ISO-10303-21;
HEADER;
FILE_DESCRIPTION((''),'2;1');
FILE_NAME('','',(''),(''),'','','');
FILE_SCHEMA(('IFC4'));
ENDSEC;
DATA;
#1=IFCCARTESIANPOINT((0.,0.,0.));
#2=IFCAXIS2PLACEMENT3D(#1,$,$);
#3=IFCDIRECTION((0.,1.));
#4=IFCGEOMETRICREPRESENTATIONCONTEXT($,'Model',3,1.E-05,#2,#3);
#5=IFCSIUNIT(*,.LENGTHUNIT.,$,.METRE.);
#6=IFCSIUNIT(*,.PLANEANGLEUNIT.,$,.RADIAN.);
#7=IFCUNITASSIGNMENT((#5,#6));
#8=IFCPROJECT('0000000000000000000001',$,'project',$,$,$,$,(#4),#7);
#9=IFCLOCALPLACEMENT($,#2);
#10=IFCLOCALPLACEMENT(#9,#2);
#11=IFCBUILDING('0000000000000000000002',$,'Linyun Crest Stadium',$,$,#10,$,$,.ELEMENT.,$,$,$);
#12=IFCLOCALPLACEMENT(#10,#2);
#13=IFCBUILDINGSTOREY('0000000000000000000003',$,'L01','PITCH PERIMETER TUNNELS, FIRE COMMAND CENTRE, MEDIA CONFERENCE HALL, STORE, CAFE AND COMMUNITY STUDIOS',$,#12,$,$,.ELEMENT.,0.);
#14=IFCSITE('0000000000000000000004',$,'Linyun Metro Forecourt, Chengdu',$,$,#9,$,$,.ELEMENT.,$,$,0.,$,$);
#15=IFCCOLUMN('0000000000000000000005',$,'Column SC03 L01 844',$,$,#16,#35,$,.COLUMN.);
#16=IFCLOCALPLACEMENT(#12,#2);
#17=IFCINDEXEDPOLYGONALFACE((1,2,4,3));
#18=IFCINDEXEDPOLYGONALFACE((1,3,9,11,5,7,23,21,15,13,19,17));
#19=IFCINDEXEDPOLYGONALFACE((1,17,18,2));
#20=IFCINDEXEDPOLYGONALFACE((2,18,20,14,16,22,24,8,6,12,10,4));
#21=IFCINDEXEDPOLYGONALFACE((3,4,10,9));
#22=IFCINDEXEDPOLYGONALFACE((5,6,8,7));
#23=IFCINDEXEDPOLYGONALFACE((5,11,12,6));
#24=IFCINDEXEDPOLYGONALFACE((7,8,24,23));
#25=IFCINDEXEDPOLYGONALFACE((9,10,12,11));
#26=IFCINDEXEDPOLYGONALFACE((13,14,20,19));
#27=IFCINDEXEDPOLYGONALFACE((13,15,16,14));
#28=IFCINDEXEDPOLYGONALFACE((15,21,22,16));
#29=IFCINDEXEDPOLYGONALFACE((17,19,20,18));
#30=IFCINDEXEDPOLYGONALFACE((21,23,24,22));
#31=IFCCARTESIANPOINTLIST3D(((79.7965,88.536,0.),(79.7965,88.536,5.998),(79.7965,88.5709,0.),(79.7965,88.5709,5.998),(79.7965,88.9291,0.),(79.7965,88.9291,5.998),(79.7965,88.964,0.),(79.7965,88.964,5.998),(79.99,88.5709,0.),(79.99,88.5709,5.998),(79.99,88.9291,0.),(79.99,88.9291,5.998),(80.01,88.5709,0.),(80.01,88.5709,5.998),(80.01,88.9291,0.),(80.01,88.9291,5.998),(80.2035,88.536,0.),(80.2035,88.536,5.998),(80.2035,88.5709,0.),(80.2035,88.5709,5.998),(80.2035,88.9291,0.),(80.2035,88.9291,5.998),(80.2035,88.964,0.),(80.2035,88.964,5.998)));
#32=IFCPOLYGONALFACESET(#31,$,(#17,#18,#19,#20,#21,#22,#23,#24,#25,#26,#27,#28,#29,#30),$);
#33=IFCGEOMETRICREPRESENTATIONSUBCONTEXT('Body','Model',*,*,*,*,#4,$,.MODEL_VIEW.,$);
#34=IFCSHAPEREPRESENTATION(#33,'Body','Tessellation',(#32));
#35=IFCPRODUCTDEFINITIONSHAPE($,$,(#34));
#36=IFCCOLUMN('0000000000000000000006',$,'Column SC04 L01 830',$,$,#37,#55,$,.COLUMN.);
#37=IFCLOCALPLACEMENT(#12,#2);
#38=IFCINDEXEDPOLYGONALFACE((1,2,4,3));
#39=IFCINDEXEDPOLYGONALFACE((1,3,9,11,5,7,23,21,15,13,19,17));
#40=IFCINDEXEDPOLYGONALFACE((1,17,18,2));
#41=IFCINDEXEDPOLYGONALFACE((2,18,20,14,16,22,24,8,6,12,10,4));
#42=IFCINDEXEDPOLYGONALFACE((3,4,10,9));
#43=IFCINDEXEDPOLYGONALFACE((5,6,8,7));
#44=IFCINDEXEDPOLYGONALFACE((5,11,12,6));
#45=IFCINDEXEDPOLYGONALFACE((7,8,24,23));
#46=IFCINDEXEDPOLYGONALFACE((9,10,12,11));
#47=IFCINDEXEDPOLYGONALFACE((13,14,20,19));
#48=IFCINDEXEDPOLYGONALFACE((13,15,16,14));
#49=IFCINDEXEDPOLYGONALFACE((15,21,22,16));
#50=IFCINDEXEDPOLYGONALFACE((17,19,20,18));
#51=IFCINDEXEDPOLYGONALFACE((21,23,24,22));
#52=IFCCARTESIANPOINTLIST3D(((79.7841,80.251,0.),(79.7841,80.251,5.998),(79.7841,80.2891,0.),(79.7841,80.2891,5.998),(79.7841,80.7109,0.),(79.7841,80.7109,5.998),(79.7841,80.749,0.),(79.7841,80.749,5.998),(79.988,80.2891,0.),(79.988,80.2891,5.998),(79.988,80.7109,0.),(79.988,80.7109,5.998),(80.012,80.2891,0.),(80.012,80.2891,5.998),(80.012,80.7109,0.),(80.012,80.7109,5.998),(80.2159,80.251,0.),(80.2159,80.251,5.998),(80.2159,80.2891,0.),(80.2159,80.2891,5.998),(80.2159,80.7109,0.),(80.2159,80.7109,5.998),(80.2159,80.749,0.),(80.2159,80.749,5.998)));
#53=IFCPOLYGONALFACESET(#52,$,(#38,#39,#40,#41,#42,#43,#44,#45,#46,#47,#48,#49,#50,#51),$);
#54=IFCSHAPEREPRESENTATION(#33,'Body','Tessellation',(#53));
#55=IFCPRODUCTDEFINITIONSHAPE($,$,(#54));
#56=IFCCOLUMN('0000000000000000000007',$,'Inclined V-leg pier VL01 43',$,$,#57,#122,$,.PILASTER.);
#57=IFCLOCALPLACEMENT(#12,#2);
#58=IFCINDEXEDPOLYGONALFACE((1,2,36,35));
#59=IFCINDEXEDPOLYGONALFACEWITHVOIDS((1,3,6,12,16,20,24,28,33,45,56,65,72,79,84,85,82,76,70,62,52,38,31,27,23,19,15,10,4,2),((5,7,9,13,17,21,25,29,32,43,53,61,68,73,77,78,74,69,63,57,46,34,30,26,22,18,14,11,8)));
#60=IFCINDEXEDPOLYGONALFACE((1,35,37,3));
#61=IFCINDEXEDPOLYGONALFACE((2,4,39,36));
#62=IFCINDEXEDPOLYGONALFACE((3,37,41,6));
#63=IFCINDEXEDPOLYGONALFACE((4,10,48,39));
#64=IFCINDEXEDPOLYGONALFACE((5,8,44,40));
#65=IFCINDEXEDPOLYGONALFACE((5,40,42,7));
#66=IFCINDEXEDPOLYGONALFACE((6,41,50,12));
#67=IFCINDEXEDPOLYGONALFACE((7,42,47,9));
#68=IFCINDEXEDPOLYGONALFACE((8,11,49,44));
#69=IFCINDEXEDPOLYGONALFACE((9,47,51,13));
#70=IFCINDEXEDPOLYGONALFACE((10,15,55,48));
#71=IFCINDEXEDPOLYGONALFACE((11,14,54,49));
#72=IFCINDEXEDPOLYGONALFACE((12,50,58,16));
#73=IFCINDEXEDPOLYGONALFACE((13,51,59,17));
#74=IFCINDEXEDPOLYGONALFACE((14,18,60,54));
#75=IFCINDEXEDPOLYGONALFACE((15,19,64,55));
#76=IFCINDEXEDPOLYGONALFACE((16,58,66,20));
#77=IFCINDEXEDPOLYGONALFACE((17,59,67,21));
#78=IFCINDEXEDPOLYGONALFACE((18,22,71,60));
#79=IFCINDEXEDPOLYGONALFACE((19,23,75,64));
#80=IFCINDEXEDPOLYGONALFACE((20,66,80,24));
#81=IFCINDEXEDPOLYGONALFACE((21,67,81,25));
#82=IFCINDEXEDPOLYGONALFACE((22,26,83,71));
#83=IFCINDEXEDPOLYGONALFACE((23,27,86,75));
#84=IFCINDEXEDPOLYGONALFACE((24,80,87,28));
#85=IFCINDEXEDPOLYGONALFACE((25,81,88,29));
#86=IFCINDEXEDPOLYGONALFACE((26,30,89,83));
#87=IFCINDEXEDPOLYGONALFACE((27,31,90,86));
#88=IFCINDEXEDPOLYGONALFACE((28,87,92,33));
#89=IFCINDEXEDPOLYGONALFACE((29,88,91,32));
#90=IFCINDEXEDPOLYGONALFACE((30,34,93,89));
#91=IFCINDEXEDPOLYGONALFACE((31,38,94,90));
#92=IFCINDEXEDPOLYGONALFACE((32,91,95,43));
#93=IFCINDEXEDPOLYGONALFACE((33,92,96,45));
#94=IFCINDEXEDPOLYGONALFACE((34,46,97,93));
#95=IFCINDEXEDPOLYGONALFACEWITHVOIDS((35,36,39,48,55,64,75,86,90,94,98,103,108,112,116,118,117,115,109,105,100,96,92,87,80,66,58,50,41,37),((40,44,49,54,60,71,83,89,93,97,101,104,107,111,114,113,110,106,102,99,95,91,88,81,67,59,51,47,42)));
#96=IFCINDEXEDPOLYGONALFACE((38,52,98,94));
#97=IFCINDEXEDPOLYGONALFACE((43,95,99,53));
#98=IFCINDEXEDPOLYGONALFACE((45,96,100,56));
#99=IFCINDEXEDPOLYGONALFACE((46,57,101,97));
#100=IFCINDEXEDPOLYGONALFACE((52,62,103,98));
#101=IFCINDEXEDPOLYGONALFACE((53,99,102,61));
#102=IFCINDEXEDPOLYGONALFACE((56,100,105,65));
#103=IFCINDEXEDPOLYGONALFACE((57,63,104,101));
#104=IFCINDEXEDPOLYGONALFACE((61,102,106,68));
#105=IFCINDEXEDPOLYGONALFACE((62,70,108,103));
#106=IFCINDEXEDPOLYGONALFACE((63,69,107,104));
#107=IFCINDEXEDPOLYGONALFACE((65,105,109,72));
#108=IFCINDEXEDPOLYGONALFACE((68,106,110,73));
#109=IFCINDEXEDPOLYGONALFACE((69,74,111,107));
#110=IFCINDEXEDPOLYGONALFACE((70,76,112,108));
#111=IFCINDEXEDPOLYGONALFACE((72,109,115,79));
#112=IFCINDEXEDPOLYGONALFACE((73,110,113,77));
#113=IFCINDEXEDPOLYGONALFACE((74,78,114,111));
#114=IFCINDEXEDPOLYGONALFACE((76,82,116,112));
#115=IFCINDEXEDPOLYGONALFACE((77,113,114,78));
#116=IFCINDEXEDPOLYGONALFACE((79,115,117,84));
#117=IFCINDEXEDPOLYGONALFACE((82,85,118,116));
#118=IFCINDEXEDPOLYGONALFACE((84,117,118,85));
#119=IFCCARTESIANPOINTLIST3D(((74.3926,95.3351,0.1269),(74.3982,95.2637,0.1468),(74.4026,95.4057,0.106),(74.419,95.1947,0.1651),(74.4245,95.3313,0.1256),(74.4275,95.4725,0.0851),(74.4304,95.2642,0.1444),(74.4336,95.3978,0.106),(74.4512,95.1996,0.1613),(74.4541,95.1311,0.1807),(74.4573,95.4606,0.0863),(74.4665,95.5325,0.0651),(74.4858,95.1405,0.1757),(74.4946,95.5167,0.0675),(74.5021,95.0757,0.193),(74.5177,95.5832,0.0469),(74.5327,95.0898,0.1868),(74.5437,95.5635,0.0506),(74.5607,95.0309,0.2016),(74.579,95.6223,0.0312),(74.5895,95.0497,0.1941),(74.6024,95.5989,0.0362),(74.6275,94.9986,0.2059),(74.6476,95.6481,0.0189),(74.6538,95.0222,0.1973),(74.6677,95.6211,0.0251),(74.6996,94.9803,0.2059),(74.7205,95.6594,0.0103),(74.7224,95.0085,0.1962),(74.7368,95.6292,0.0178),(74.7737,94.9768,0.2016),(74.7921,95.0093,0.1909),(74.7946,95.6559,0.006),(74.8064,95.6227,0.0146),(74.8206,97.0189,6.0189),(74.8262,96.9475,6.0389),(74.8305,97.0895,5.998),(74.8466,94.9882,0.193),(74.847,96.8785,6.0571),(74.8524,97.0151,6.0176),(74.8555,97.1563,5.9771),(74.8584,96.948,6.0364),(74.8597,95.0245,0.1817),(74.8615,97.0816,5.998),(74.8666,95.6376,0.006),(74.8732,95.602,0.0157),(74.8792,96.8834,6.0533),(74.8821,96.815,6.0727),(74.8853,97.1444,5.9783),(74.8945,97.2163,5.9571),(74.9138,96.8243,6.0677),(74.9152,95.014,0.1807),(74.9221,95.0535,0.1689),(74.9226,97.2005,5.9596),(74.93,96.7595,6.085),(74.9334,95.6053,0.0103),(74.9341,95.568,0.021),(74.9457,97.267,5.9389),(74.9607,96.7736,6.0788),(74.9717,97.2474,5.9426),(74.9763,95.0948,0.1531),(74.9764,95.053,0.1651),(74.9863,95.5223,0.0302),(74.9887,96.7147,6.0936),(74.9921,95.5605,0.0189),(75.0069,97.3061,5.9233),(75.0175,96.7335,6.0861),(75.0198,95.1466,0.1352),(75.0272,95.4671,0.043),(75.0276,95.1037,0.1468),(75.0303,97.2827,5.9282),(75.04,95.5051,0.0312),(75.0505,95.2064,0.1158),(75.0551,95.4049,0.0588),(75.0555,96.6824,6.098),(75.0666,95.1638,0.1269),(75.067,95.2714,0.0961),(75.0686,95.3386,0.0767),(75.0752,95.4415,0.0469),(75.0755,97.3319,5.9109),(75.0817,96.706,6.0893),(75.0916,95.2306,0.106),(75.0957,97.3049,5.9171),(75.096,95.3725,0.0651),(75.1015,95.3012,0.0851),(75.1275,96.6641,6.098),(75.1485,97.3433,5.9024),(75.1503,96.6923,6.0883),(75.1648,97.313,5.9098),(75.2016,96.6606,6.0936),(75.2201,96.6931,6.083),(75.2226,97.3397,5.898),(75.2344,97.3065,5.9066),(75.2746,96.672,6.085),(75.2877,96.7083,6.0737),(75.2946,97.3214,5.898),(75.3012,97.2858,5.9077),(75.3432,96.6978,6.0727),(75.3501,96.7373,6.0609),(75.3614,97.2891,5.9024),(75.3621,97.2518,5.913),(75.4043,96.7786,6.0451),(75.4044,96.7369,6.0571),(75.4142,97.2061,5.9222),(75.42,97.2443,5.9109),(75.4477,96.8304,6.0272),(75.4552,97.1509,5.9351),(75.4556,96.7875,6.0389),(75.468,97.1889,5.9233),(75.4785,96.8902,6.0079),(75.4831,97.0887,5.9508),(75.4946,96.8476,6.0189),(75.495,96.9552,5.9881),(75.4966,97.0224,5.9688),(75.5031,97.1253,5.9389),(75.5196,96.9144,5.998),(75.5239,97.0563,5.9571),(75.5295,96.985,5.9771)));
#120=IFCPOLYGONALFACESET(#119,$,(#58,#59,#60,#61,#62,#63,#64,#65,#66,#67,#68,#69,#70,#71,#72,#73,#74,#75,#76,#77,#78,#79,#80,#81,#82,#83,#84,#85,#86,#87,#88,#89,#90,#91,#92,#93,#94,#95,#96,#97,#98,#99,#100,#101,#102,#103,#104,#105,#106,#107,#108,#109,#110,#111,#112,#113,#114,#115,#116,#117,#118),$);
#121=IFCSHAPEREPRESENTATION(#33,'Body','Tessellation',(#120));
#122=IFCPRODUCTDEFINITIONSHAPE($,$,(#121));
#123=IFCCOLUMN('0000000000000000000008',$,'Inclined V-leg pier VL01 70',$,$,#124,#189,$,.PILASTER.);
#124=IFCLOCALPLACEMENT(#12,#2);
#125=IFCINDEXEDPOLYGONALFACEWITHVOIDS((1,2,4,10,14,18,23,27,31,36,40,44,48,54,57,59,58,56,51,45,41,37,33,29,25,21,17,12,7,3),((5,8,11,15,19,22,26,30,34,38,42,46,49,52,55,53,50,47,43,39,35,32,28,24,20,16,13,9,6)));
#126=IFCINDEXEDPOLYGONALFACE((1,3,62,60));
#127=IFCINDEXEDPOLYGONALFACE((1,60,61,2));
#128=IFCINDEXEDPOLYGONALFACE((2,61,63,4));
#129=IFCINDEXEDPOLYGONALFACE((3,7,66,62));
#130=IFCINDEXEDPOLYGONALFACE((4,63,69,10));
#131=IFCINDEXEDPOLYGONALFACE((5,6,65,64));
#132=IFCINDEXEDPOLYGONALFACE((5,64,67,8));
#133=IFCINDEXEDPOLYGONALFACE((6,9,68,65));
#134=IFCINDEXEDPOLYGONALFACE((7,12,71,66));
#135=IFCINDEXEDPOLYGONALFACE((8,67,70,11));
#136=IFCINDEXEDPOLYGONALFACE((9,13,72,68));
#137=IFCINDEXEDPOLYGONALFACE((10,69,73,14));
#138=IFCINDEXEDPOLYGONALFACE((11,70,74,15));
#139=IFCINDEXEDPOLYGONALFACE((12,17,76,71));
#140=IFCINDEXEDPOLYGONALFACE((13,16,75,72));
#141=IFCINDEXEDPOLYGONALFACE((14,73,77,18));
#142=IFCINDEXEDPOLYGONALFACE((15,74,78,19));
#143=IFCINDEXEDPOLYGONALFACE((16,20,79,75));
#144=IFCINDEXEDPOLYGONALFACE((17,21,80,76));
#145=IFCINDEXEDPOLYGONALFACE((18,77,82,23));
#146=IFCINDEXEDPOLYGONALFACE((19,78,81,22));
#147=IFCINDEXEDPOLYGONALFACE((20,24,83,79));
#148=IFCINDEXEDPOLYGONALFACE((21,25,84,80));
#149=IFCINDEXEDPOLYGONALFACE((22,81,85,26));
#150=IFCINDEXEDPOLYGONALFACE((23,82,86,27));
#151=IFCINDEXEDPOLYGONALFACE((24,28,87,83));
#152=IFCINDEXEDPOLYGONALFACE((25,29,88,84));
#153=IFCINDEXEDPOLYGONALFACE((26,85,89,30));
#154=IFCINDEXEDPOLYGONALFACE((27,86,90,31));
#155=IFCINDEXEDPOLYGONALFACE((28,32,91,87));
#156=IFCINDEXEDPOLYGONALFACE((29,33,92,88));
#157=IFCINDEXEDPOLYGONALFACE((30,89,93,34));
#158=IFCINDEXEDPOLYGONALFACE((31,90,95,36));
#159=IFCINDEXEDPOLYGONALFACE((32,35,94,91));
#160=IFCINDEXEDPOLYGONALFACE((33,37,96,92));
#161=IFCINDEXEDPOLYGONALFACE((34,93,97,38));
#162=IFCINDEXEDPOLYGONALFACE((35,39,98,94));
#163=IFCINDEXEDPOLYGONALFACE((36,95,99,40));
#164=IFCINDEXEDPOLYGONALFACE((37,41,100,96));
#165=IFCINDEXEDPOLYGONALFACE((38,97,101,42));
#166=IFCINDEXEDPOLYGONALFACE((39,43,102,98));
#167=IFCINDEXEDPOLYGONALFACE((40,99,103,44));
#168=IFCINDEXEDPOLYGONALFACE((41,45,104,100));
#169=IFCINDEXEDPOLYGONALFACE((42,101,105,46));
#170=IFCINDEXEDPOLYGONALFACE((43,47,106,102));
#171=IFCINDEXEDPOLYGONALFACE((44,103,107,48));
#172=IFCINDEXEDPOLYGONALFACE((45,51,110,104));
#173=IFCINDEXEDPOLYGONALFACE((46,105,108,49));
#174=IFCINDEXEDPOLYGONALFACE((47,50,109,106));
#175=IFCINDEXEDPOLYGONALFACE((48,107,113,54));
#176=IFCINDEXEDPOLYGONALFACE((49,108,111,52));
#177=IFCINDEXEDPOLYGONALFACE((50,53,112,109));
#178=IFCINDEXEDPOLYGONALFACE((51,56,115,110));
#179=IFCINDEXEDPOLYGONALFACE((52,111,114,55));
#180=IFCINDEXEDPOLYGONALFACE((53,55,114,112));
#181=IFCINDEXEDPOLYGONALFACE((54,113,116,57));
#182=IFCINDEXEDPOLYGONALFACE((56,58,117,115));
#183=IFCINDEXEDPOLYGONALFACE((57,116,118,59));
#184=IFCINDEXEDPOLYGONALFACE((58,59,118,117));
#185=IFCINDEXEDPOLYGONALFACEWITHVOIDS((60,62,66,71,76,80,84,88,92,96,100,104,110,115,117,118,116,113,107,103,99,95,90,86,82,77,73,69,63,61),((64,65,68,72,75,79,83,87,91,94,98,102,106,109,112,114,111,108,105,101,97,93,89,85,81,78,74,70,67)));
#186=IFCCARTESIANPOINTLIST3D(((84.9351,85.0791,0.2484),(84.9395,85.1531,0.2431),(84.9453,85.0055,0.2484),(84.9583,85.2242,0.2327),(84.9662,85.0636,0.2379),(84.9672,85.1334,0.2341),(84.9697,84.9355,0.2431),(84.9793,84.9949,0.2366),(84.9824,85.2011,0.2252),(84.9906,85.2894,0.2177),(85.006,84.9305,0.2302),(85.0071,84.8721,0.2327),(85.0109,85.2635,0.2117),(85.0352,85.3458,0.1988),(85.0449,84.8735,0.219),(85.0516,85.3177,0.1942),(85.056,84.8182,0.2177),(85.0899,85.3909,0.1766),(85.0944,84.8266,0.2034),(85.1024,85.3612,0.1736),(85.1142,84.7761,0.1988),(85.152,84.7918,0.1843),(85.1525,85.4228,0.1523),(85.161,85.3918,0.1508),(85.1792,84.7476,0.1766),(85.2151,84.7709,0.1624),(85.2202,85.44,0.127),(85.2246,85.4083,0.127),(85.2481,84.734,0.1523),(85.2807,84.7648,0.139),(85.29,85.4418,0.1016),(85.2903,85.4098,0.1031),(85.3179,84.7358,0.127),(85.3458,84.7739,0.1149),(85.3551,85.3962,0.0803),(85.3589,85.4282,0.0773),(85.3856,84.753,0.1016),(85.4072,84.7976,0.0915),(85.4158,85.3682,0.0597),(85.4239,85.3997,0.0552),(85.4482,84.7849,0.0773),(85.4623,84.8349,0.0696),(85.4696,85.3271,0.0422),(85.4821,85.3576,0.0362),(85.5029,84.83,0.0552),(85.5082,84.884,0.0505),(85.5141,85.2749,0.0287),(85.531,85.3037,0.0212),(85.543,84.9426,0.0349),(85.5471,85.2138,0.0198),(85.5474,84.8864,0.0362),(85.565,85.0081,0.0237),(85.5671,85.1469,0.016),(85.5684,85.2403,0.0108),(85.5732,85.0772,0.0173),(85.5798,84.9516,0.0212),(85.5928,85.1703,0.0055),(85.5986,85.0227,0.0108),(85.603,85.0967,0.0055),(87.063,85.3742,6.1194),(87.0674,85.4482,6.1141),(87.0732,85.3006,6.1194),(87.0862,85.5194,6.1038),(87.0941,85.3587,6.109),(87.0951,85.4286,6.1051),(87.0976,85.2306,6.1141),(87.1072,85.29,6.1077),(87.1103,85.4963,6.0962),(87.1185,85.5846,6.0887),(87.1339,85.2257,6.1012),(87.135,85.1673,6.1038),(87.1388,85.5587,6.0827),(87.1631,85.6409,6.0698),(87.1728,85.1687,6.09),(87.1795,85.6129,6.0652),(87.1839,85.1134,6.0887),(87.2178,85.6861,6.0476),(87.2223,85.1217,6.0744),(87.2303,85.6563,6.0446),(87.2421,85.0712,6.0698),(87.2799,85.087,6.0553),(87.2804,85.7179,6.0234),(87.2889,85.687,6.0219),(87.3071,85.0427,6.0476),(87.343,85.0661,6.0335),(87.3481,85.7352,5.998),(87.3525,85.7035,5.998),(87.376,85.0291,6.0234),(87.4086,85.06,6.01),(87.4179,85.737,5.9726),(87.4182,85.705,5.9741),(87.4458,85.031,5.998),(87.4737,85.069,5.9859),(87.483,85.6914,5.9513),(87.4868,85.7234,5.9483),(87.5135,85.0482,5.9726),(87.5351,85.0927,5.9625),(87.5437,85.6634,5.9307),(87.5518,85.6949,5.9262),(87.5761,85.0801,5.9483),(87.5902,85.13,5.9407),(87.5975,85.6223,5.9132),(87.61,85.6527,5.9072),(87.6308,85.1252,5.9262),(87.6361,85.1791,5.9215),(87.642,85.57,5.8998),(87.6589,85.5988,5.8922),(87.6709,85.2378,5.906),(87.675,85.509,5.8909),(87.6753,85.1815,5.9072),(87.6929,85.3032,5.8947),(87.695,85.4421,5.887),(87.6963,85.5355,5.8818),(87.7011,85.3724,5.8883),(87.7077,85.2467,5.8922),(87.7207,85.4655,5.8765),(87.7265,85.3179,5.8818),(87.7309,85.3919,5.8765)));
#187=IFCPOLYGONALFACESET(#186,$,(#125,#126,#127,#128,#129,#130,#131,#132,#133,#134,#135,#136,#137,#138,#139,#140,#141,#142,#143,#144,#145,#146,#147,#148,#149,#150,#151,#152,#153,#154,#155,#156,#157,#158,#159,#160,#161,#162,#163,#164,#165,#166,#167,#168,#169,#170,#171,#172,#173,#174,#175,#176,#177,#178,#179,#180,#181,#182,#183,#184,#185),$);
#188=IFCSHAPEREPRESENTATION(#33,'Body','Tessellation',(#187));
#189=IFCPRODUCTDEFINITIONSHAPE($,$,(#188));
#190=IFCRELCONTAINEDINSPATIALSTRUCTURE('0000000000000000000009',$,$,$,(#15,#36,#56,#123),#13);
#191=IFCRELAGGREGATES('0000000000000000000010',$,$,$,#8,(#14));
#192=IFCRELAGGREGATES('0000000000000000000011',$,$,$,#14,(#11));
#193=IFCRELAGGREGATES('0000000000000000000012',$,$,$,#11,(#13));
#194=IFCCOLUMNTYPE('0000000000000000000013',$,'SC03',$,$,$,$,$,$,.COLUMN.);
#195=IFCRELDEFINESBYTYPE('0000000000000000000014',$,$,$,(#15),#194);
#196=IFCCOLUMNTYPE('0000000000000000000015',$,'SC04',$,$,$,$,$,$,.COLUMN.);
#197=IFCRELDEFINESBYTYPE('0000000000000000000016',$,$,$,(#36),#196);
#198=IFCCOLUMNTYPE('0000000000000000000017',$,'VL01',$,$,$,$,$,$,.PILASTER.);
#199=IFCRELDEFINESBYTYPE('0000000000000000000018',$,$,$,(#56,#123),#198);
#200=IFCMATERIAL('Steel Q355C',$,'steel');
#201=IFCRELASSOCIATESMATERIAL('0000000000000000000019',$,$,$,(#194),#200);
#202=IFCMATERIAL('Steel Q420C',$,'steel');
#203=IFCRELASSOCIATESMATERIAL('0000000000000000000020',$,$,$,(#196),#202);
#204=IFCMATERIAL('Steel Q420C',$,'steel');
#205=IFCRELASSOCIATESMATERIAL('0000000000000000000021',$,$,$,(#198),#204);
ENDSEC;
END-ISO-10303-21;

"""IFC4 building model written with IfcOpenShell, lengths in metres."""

from ifc_helpers import new_model, si_unit, direction, frame, origin, origin_2d, place, context, subcontext, project, spatial, hollow_circle, i_section, extrude, material, material_profile, profile_set, type_object, element, save


model = new_model("IFC4")

# Units and contexts
model_context = context("Model", 3, precision=1e-05, world=origin(), true_north=direction((0.0, 1.0)))
body_context = subcontext(model_context, "Body", "Model", "MODEL_VIEW")
ifc_project = project(units=[si_unit("LENGTHUNIT", "METRE"), si_unit("PLANEANGLEUNIT", "RADIAN")], contexts=[model_context])

# Site, building, storey
site_placement = place(None, origin())
site = spatial("IfcSite", under=ifc_project, at=site_placement, Name="Linyun Metro Forecourt, Chengdu", CompositionType="ELEMENT", RefElevation=0.0)
building_placement = place(site_placement, origin())
building = spatial("IfcBuilding", under=site, at=building_placement, Name="Linyun Crest Stadium", CompositionType="ELEMENT")
storey_placement = place(building_placement, origin())
storey = spatial("IfcBuildingStorey", under=building, at=storey_placement, Name="L01", Description="PITCH PERIMETER TUNNELS, FIRE COMMAND CENTRE, MEDIA CONFERENCE HALL, STORE, CAFE AND COMMUNITY STUDIOS", CompositionType="ELEMENT", Elevation=0.0)

# Columns
ifc_material_1 = material(Name="Steel Q355C", Category="steel")
ifc_material_profile_1 = material_profile(ifc_material_1, i_section(OverallWidth=0.407, OverallDepth=0.428, WebThickness=0.02, FlangeThickness=0.0349, at=origin_2d()), Name="HW 428x407")
ifc_profile_set_1 = profile_set([ifc_material_profile_1], Name="Steel Q355C")
column_type_1 = type_object("IfcColumnType", Name="SC03", PredefinedType="COLUMN", material=ifc_profile_set_1)
column_1_placement = place(storey_placement, frame((80.0, 88.75, 0.0), z_axis=(0.0, 0.0, 1.0), x_axis=(1.0, 0.0, 0.0)))
element("IfcColumn", 1, at=column_1_placement, inside=storey, type_object=column_type_1, Name="Column SC03 L01 844", PredefinedType="COLUMN", context=body_context, shape_type="SweptSolid", body=[
    extrude(i_section(OverallWidth=0.407, OverallDepth=0.428, WebThickness=0.02, FlangeThickness=0.0349, at=origin_2d()), origin(), (0.0, 0.0, 1.0), 5.998),
])
ifc_material_2 = material(Name="Steel Q420C", Category="steel")
ifc_material_profile_2 = material_profile(ifc_material_2, i_section(OverallWidth=0.4319, OverallDepth=0.498, WebThickness=0.0239, FlangeThickness=0.0381, at=origin_2d()), Name="HW 498x432")
ifc_profile_set_2 = profile_set([ifc_material_profile_2], Name="Steel Q420C")
column_type_2 = type_object("IfcColumnType", Name="SC04", PredefinedType="COLUMN", material=ifc_profile_set_2)
column_2_placement = place(storey_placement, frame((80.0, 80.5, 0.0), z_axis=(0.0, 0.0, 1.0), x_axis=(1.0, 0.0, 0.0)))
element("IfcColumn", 2, at=column_2_placement, inside=storey, type_object=column_type_2, Name="Column SC04 L01 830", PredefinedType="COLUMN", context=body_context, shape_type="SweptSolid", body=[
    extrude(i_section(OverallWidth=0.4319, OverallDepth=0.498, WebThickness=0.0239, FlangeThickness=0.0381, at=origin_2d()), origin(), (0.0, 0.0, 1.0), 5.998),
])
ifc_material_3 = material(Name="Steel Q420C", Category="steel")
ifc_material_profile_3 = material_profile(ifc_material_3, hollow_circle(Radius=0.3555, WallThickness=0.032, at=origin_2d()), Name="CHS 711x32")
ifc_profile_set_3 = profile_set([ifc_material_profile_3], Name="Steel Q420C")
column_type_3 = type_object("IfcColumnType", Name="VL01", PredefinedType="PILASTER", material=ifc_profile_set_3)
column_3_placement = place(storey_placement, frame((74.7471, 95.3181, 0.106), z_axis=(0.06967, 0.274111, 0.959171), x_axis=(-0.969184, 0.246336, 0.0)))
element("IfcColumn", 3, at=column_3_placement, inside=storey, type_object=column_type_3, Name="Inclined V-leg pier VL01 43", PredefinedType="PILASTER", context=body_context, shape_type="SweptSolid", body=[
    extrude(hollow_circle(Radius=0.3555, WallThickness=0.032, at=origin_2d()), origin(), (0.0, 0.0, 1.0), 6.1428),
])
column_4_placement = place(storey_placement, frame((85.269, 85.0879, 0.127), z_axis=(0.340371, 0.047213, 0.939105), x_axis=(-0.137395, 0.990516, 0.0)))
element("IfcColumn", 4, at=column_4_placement, inside=storey, type_object=column_type_3, Name="Inclined V-leg pier VL01 70", PredefinedType="PILASTER", context=body_context, shape_type="SweptSolid", body=[
    extrude(hollow_circle(Radius=0.3555, WallThickness=0.032, at=origin_2d()), origin(), (0.0, 0.0, 1.0), 6.2517),
])

save(model, "model.ifc")
